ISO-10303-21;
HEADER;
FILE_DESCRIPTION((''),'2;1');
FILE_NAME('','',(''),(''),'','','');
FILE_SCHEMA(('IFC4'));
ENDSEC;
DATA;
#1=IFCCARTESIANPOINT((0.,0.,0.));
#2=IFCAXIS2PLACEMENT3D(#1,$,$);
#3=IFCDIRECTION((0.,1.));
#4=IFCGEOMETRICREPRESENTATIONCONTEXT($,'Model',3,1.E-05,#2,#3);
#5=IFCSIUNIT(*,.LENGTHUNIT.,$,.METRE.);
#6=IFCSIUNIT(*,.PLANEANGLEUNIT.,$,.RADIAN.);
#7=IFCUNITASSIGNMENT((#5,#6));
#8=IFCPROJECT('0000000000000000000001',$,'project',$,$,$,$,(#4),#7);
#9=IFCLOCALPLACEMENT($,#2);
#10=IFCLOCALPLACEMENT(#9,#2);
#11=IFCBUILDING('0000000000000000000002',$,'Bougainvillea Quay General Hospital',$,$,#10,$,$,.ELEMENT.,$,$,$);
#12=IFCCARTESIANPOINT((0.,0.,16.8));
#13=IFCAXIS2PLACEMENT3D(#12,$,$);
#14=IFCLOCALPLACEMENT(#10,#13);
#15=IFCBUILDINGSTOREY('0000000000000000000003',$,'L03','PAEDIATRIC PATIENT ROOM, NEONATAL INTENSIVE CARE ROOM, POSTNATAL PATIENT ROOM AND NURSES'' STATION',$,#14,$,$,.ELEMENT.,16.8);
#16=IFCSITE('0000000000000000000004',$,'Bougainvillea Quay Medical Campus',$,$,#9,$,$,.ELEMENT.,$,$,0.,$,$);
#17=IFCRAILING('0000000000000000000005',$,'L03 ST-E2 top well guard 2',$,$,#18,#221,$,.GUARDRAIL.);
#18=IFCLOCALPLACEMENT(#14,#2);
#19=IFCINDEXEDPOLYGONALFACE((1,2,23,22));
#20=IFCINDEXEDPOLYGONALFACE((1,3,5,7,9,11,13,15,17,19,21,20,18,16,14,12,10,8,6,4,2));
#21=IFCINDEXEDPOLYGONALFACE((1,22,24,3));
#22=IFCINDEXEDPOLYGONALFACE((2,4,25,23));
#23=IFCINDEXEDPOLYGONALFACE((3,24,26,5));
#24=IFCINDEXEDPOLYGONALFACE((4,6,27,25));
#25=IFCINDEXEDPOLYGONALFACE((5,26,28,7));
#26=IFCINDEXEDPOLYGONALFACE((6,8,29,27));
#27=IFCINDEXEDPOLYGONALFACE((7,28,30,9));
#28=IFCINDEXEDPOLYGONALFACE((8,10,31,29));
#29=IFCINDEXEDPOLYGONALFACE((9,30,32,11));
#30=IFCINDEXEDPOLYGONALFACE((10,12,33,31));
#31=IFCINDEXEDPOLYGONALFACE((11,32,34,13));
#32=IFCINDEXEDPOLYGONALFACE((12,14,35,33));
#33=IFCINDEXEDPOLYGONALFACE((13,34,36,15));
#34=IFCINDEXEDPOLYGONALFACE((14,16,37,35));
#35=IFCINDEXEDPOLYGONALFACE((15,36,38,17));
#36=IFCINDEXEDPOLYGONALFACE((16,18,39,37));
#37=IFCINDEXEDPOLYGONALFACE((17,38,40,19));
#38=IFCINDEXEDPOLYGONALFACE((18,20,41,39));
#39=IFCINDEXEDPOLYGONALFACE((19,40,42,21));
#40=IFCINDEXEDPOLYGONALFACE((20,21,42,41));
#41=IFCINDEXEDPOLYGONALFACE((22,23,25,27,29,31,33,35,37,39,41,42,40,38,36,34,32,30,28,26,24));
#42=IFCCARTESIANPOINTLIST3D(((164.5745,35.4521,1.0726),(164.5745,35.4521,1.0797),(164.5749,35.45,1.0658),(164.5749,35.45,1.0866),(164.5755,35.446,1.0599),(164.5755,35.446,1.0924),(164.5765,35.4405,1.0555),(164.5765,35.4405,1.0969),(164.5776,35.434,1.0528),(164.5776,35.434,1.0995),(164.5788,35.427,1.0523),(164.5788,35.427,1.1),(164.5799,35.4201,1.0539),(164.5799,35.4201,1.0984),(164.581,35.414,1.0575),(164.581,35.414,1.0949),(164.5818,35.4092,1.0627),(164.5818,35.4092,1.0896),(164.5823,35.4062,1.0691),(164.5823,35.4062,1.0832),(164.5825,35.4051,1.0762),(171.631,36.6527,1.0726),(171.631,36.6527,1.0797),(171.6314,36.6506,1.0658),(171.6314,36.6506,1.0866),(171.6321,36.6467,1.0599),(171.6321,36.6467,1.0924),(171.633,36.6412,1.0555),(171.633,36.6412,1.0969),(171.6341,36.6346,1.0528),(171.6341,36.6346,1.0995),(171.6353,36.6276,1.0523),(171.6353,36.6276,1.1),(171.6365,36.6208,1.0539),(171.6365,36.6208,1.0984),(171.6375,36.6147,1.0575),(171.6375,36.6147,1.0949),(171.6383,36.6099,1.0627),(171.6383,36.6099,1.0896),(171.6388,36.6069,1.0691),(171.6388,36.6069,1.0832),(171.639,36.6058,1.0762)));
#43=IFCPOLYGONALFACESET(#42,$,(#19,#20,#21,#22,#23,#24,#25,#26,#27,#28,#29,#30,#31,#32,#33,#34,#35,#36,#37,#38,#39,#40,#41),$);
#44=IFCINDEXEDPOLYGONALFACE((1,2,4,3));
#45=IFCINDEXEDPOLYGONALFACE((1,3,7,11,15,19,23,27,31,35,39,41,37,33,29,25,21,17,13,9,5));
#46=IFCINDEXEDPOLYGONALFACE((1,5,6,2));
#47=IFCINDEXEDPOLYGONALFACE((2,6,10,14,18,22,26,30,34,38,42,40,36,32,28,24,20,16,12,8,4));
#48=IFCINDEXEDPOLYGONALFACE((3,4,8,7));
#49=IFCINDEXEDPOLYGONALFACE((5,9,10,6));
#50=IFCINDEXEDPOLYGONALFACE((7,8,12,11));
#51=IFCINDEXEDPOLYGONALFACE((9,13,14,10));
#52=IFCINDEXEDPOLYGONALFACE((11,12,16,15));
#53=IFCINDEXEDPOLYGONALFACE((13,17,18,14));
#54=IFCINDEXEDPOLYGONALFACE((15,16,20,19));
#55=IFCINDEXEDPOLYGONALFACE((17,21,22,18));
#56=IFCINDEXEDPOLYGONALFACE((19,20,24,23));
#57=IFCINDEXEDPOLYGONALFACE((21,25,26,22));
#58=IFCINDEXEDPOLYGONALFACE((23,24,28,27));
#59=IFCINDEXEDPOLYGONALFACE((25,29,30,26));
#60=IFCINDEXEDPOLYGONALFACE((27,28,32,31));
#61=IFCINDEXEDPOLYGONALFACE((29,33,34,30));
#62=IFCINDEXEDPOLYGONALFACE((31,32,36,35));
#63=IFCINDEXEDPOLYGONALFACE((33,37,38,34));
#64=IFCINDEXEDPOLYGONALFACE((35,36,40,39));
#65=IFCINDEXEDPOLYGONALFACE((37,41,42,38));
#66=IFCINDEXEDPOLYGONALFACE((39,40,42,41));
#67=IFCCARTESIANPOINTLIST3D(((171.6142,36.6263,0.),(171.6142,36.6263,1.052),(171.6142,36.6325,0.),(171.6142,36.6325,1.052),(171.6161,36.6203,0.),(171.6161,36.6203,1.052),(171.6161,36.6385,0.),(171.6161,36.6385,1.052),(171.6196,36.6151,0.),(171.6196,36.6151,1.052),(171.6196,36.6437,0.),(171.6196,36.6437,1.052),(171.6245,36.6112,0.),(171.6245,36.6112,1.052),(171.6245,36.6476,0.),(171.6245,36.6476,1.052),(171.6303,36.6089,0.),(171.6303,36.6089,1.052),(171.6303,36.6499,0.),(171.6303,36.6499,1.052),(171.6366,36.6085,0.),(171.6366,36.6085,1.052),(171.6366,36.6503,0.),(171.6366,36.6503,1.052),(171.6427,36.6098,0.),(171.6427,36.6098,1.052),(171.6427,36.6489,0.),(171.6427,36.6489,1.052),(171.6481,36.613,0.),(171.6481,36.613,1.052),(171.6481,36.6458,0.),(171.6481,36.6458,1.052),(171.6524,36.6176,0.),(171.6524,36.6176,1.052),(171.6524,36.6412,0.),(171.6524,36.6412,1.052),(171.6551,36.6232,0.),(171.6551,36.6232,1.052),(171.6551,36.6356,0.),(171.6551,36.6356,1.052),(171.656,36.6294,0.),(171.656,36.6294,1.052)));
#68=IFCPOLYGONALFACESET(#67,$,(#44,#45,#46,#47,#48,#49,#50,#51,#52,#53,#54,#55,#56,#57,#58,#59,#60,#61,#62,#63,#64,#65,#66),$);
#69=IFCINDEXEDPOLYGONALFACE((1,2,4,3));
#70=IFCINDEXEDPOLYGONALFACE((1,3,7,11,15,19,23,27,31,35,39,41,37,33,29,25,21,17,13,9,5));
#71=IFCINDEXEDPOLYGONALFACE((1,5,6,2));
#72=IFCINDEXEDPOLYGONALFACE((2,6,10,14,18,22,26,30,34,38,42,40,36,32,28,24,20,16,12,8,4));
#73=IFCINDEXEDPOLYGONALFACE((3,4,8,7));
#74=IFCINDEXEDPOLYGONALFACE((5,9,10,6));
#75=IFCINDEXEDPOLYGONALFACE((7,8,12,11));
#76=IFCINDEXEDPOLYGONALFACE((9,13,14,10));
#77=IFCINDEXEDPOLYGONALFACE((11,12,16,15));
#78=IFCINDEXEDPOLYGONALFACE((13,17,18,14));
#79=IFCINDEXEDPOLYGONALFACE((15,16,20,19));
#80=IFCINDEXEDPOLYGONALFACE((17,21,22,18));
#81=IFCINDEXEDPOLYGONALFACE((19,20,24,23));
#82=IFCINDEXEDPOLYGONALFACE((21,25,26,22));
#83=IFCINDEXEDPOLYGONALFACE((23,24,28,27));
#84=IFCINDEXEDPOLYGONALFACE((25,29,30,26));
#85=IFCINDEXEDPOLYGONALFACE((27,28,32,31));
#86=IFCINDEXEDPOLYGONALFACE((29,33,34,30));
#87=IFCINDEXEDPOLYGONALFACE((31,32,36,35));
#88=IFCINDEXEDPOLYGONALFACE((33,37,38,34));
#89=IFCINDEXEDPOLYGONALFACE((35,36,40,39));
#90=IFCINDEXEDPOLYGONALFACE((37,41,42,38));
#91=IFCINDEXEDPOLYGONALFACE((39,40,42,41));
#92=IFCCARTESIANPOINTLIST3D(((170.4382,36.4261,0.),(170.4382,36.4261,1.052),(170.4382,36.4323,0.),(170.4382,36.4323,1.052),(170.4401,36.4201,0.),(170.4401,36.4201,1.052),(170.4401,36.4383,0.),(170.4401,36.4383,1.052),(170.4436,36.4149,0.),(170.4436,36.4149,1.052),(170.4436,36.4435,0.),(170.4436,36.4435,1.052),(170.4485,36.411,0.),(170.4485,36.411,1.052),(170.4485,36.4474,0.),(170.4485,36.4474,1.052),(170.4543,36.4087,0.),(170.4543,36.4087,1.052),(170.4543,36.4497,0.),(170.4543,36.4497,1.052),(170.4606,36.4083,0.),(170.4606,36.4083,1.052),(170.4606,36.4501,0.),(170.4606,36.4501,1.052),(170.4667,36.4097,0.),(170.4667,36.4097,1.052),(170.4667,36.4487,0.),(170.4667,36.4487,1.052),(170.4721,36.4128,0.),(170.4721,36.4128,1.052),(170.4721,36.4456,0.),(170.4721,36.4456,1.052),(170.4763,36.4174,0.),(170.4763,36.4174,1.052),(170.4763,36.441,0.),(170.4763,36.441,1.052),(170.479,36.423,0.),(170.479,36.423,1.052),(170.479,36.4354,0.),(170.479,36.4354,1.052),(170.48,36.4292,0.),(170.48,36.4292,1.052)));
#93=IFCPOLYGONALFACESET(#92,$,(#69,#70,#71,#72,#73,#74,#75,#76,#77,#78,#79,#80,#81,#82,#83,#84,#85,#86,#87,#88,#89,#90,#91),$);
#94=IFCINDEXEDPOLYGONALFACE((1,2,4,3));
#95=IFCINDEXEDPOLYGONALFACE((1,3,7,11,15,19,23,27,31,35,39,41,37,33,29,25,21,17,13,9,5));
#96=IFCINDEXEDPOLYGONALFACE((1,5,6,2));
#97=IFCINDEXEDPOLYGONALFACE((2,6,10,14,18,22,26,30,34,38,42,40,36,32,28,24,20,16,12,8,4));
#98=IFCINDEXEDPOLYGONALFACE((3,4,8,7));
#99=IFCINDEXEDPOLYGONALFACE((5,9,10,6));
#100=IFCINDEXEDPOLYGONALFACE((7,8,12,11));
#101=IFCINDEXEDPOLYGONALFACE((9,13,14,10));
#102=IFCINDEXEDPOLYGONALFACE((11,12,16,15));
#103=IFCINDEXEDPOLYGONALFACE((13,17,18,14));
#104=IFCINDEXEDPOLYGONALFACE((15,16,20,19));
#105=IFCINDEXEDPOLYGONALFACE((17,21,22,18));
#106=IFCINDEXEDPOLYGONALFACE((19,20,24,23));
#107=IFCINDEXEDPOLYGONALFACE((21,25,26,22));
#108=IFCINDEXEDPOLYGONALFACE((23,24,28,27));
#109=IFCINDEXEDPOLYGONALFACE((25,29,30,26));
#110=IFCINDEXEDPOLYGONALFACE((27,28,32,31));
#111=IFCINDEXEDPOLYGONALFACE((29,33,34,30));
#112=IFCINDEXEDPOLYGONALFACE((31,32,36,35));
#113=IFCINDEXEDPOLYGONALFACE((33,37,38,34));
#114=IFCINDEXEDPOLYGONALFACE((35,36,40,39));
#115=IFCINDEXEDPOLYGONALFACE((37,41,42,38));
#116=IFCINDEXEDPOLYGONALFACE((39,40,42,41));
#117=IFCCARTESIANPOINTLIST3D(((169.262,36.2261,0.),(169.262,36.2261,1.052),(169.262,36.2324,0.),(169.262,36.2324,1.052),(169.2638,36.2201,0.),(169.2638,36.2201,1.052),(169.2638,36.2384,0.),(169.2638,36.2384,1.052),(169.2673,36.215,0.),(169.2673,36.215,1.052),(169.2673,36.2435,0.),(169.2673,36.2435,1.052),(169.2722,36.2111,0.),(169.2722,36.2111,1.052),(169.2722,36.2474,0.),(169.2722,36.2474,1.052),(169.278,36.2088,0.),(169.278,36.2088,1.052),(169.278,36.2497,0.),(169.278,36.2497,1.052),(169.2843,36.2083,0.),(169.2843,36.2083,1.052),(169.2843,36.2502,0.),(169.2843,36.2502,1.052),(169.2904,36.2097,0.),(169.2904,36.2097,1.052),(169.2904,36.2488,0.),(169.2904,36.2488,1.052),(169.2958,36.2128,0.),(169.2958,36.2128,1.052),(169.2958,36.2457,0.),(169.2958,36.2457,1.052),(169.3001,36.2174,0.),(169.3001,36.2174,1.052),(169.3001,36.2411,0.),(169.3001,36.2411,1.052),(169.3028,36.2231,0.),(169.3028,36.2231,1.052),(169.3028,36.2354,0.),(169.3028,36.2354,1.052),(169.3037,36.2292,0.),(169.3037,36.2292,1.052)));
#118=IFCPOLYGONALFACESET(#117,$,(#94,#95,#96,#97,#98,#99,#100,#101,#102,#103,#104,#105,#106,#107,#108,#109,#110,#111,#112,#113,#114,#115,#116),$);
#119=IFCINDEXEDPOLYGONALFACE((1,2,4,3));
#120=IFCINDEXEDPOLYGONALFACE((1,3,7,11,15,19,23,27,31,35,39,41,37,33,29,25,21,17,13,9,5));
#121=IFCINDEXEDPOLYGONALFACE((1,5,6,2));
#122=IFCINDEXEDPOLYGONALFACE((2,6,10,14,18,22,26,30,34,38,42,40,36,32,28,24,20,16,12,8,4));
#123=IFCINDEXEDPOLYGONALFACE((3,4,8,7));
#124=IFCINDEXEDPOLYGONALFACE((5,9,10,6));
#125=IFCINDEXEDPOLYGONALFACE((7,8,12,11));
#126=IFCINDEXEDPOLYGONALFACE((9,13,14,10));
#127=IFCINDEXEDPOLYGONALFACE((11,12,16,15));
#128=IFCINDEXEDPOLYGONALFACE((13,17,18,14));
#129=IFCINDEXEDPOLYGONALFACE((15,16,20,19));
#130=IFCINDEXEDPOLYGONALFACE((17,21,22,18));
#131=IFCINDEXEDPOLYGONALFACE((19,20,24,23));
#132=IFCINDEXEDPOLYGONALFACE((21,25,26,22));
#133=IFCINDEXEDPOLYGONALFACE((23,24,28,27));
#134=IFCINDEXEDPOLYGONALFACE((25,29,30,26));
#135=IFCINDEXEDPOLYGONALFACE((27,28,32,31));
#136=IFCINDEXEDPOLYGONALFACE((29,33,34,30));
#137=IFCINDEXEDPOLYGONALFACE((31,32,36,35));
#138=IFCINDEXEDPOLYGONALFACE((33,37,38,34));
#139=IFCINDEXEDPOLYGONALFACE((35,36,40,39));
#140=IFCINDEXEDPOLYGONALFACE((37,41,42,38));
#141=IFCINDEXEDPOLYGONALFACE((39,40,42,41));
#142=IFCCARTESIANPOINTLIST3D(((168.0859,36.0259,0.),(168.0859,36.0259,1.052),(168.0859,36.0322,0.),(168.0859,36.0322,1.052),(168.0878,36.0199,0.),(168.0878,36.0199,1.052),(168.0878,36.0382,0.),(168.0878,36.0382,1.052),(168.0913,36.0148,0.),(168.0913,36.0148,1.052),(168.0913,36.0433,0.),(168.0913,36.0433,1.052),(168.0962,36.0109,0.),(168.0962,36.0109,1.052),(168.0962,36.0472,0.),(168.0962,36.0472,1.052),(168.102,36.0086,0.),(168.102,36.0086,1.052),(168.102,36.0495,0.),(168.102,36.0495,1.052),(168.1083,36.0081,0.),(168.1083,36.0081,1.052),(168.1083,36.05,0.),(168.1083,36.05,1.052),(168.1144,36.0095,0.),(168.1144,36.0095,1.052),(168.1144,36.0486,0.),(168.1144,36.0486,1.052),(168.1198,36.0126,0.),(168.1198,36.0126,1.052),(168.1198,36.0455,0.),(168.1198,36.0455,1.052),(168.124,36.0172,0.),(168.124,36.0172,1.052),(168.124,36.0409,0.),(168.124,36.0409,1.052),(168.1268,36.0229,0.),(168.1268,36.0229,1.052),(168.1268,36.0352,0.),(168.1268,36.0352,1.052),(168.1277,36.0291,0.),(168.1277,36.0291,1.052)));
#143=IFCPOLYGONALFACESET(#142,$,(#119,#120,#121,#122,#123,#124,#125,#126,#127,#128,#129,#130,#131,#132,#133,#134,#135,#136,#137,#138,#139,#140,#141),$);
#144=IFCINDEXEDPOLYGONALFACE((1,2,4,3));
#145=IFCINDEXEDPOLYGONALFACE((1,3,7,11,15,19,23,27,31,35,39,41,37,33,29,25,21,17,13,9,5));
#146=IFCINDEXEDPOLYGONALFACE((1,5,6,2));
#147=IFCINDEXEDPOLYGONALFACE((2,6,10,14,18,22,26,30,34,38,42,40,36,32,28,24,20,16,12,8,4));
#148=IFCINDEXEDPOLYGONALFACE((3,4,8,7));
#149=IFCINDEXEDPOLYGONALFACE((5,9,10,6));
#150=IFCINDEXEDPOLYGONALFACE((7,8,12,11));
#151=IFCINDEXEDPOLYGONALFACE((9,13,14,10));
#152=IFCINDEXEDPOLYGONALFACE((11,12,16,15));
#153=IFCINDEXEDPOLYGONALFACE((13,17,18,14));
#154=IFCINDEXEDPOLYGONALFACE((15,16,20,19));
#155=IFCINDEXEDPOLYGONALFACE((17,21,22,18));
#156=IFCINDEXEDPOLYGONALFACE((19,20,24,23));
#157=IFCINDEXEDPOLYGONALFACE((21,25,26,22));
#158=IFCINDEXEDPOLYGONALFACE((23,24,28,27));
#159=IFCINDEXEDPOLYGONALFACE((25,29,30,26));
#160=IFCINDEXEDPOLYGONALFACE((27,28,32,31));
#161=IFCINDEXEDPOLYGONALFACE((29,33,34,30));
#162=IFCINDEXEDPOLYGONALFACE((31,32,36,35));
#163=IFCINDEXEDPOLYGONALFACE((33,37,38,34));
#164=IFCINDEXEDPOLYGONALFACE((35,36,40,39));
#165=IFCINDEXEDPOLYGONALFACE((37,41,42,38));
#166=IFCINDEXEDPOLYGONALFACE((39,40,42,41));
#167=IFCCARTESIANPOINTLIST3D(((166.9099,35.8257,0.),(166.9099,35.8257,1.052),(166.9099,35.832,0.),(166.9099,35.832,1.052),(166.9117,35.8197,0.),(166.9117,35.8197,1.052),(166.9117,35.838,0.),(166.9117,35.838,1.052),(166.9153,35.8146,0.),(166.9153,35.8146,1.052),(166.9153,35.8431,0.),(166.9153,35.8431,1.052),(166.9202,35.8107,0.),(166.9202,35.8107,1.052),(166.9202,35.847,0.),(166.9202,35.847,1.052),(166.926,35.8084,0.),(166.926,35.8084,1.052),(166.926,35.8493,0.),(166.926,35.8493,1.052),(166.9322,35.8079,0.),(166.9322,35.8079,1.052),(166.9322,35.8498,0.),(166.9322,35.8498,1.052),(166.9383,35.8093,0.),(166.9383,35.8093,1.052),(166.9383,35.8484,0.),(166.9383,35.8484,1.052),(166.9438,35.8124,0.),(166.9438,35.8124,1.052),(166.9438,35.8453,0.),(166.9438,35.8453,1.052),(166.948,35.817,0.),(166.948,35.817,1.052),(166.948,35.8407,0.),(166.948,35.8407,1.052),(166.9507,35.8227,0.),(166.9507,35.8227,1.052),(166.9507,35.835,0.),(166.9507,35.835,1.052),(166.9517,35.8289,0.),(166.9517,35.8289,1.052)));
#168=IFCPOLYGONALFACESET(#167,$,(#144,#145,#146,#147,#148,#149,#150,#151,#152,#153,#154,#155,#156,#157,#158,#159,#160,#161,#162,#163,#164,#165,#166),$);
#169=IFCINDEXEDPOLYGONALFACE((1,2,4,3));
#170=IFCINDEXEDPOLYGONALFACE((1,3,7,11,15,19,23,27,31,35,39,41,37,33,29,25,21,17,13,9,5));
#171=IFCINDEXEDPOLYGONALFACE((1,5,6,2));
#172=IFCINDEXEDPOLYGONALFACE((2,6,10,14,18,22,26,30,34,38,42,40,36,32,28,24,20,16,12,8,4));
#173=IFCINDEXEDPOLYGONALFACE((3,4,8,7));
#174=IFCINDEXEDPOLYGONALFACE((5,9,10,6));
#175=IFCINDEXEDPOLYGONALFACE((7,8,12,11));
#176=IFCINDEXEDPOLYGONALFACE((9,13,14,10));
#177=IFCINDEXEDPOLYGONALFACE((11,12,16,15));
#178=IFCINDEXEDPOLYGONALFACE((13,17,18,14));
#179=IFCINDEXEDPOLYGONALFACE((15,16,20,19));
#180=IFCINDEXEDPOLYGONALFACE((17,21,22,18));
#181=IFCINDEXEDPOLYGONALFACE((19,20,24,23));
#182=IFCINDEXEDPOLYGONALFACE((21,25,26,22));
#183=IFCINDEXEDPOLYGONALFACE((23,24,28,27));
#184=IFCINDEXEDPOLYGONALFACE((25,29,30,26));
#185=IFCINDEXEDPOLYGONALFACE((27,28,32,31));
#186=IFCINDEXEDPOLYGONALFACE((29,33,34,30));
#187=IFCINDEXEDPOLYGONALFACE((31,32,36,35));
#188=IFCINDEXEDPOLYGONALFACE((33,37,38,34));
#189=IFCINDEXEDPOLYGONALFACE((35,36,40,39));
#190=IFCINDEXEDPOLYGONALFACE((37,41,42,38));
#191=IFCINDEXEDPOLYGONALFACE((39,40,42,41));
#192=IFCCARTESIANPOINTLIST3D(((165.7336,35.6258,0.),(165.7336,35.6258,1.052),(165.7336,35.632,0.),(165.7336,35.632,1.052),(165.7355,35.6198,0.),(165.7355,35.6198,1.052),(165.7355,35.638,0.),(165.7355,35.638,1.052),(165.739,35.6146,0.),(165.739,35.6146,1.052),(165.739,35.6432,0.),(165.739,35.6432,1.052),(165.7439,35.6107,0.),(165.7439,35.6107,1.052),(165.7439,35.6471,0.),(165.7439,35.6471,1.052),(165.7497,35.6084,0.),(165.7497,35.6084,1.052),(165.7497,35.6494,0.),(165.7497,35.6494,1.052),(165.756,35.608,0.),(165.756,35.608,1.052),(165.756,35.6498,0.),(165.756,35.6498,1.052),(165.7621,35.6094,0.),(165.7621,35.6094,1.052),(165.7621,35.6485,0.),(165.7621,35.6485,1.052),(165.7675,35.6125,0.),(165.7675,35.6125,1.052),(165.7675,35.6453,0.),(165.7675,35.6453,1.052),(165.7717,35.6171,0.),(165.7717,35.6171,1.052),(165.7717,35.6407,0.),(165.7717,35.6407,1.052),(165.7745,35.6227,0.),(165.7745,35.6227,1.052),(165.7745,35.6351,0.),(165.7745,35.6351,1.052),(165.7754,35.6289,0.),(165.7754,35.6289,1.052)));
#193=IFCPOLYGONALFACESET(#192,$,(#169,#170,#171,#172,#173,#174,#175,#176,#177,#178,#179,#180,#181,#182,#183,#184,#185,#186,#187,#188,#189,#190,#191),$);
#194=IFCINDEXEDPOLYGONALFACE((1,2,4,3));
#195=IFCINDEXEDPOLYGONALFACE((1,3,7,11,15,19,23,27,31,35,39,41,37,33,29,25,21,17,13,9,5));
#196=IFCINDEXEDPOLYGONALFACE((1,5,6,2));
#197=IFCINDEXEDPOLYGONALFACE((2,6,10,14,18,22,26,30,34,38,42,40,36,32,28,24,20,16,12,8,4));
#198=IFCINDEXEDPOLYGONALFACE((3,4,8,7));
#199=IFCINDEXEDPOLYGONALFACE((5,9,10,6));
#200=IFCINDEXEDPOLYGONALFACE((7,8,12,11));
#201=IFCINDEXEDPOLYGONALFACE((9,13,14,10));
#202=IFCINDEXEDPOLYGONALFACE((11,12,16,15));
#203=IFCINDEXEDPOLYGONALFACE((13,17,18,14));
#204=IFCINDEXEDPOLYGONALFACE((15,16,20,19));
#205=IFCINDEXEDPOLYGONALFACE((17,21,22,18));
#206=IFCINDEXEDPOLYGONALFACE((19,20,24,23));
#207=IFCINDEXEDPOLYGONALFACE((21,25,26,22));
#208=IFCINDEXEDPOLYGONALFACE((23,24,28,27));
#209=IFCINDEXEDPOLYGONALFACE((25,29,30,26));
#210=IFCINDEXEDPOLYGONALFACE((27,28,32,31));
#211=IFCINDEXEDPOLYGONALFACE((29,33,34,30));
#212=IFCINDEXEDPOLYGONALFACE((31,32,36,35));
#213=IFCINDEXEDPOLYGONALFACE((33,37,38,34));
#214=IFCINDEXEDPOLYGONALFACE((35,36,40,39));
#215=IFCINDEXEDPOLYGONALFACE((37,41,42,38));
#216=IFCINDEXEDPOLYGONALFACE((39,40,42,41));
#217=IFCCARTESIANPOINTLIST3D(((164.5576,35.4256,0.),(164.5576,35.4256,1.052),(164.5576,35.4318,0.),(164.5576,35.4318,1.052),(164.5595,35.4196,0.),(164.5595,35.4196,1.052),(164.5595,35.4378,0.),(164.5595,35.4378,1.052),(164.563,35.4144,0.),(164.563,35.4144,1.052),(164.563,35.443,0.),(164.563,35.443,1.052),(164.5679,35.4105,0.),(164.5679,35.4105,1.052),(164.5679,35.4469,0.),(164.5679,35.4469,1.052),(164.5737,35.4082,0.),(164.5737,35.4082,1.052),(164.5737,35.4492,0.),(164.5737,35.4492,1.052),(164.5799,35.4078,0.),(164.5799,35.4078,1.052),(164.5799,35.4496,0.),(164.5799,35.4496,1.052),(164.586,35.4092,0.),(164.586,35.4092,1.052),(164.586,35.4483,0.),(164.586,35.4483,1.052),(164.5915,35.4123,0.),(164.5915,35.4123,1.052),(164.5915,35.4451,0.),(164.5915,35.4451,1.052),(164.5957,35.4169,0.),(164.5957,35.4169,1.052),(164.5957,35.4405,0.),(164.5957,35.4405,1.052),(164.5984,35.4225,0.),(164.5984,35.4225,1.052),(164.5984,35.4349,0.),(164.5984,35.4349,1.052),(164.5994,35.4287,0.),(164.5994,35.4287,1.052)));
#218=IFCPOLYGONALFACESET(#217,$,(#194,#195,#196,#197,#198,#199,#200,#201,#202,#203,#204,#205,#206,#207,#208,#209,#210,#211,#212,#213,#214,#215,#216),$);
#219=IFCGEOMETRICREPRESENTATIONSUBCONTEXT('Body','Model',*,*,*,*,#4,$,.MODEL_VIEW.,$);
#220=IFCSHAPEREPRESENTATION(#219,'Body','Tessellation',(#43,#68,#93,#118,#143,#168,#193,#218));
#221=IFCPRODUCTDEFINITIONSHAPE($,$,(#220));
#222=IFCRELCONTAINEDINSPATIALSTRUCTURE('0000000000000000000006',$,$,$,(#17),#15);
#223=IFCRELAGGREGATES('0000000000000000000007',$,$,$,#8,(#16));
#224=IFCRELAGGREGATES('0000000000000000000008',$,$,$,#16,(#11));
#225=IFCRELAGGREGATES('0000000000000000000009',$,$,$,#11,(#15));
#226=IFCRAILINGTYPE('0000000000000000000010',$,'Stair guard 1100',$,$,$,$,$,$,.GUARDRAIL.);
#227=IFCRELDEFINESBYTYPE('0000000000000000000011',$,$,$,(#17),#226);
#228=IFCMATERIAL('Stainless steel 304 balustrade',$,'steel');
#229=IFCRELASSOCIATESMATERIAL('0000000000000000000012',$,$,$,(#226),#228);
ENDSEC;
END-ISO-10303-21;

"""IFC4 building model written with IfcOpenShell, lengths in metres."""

from ifc_helpers import new_model, si_unit, direction, frame, origin, origin_2d, place, context, subcontext, project, spatial, circle, extrude, material, type_object, element, save


model = new_model("IFC4")

# Units and contexts
model_context = context("Model", 3, precision=1e-05, world=origin(), true_north=direction((0.0, 1.0)))
body_context = subcontext(model_context, "Body", "Model", "MODEL_VIEW")
ifc_project = project(units=[si_unit("LENGTHUNIT", "METRE"), si_unit("PLANEANGLEUNIT", "RADIAN")], contexts=[model_context])

# Site, building, storey
site_placement = place(None, origin())
site = spatial("IfcSite", under=ifc_project, at=site_placement, Name="Bougainvillea Quay Medical Campus", CompositionType="ELEMENT", RefElevation=0.0)
building_placement = place(site_placement, origin())
building = spatial("IfcBuilding", under=site, at=building_placement, Name="Bougainvillea Quay General Hospital", CompositionType="ELEMENT")
storey_placement = place(building_placement, frame((0.0, 0.0, 16.8)))
storey = spatial("IfcBuildingStorey", under=building, at=storey_placement, Name="L03", Description="PAEDIATRIC PATIENT ROOM, NEONATAL INTENSIVE CARE ROOM, POSTNATAL PATIENT ROOM AND NURSES' STATION", CompositionType="ELEMENT", Elevation=16.8)

# Railing
ifc_material_1 = material(Name="Stainless steel 304 balustrade", Category="steel")
railing_type = type_object("IfcRailingType", Name="Stair guard 1100", PredefinedType="GUARDRAIL", material=ifc_material_1)
railing_1_placement = place(storey_placement, frame((171.635, 36.6294, 0.0)))
element("IfcRailing", 1, at=railing_1_placement, inside=storey, type_object=railing_type, Name="L03 ST-E2 top well guard 2", PredefinedType="GUARDRAIL", context=body_context, shape_type="SweptSolid", body=[
    extrude(circle(Radius=0.0239, at=origin_2d()), frame((0.0, 0.0, 1.0762), z_axis=(-0.985831, -0.167739, 0.0), x_axis=(0.167739, -0.985831, 0.0)), (0.0, 0.0, 1.0), 7.158),
    extrude(circle(Radius=0.021, at=origin_2d()), origin(), (0.0, 0.0, 1.0), 1.052),
    extrude(circle(Radius=0.021, at=origin_2d()), frame((-1.176, -0.2002, 0.0)), (0.0, 0.0, 1.0), 1.052),
    extrude(circle(Radius=0.021, at=origin_2d()), frame((-2.3523, -0.4001, 0.0)), (0.0, 0.0, 1.0), 1.052),
    extrude(circle(Radius=0.021, at=origin_2d()), frame((-3.5283, -0.6003, 0.0)), (0.0, 0.0, 1.0), 1.052),
    extrude(circle(Radius=0.021, at=origin_2d()), frame((-4.7043, -0.8005, 0.0)), (0.0, 0.0, 1.0), 1.052),
    extrude(circle(Radius=0.021, at=origin_2d()), frame((-5.8806, -1.0005, 0.0)), (0.0, 0.0, 1.0), 1.052),
    extrude(circle(Radius=0.021, at=origin_2d()), frame((-7.0566, -1.2007, 0.0)), (0.0, 0.0, 1.0), 1.052),
])

save(model, "model.ifc")
